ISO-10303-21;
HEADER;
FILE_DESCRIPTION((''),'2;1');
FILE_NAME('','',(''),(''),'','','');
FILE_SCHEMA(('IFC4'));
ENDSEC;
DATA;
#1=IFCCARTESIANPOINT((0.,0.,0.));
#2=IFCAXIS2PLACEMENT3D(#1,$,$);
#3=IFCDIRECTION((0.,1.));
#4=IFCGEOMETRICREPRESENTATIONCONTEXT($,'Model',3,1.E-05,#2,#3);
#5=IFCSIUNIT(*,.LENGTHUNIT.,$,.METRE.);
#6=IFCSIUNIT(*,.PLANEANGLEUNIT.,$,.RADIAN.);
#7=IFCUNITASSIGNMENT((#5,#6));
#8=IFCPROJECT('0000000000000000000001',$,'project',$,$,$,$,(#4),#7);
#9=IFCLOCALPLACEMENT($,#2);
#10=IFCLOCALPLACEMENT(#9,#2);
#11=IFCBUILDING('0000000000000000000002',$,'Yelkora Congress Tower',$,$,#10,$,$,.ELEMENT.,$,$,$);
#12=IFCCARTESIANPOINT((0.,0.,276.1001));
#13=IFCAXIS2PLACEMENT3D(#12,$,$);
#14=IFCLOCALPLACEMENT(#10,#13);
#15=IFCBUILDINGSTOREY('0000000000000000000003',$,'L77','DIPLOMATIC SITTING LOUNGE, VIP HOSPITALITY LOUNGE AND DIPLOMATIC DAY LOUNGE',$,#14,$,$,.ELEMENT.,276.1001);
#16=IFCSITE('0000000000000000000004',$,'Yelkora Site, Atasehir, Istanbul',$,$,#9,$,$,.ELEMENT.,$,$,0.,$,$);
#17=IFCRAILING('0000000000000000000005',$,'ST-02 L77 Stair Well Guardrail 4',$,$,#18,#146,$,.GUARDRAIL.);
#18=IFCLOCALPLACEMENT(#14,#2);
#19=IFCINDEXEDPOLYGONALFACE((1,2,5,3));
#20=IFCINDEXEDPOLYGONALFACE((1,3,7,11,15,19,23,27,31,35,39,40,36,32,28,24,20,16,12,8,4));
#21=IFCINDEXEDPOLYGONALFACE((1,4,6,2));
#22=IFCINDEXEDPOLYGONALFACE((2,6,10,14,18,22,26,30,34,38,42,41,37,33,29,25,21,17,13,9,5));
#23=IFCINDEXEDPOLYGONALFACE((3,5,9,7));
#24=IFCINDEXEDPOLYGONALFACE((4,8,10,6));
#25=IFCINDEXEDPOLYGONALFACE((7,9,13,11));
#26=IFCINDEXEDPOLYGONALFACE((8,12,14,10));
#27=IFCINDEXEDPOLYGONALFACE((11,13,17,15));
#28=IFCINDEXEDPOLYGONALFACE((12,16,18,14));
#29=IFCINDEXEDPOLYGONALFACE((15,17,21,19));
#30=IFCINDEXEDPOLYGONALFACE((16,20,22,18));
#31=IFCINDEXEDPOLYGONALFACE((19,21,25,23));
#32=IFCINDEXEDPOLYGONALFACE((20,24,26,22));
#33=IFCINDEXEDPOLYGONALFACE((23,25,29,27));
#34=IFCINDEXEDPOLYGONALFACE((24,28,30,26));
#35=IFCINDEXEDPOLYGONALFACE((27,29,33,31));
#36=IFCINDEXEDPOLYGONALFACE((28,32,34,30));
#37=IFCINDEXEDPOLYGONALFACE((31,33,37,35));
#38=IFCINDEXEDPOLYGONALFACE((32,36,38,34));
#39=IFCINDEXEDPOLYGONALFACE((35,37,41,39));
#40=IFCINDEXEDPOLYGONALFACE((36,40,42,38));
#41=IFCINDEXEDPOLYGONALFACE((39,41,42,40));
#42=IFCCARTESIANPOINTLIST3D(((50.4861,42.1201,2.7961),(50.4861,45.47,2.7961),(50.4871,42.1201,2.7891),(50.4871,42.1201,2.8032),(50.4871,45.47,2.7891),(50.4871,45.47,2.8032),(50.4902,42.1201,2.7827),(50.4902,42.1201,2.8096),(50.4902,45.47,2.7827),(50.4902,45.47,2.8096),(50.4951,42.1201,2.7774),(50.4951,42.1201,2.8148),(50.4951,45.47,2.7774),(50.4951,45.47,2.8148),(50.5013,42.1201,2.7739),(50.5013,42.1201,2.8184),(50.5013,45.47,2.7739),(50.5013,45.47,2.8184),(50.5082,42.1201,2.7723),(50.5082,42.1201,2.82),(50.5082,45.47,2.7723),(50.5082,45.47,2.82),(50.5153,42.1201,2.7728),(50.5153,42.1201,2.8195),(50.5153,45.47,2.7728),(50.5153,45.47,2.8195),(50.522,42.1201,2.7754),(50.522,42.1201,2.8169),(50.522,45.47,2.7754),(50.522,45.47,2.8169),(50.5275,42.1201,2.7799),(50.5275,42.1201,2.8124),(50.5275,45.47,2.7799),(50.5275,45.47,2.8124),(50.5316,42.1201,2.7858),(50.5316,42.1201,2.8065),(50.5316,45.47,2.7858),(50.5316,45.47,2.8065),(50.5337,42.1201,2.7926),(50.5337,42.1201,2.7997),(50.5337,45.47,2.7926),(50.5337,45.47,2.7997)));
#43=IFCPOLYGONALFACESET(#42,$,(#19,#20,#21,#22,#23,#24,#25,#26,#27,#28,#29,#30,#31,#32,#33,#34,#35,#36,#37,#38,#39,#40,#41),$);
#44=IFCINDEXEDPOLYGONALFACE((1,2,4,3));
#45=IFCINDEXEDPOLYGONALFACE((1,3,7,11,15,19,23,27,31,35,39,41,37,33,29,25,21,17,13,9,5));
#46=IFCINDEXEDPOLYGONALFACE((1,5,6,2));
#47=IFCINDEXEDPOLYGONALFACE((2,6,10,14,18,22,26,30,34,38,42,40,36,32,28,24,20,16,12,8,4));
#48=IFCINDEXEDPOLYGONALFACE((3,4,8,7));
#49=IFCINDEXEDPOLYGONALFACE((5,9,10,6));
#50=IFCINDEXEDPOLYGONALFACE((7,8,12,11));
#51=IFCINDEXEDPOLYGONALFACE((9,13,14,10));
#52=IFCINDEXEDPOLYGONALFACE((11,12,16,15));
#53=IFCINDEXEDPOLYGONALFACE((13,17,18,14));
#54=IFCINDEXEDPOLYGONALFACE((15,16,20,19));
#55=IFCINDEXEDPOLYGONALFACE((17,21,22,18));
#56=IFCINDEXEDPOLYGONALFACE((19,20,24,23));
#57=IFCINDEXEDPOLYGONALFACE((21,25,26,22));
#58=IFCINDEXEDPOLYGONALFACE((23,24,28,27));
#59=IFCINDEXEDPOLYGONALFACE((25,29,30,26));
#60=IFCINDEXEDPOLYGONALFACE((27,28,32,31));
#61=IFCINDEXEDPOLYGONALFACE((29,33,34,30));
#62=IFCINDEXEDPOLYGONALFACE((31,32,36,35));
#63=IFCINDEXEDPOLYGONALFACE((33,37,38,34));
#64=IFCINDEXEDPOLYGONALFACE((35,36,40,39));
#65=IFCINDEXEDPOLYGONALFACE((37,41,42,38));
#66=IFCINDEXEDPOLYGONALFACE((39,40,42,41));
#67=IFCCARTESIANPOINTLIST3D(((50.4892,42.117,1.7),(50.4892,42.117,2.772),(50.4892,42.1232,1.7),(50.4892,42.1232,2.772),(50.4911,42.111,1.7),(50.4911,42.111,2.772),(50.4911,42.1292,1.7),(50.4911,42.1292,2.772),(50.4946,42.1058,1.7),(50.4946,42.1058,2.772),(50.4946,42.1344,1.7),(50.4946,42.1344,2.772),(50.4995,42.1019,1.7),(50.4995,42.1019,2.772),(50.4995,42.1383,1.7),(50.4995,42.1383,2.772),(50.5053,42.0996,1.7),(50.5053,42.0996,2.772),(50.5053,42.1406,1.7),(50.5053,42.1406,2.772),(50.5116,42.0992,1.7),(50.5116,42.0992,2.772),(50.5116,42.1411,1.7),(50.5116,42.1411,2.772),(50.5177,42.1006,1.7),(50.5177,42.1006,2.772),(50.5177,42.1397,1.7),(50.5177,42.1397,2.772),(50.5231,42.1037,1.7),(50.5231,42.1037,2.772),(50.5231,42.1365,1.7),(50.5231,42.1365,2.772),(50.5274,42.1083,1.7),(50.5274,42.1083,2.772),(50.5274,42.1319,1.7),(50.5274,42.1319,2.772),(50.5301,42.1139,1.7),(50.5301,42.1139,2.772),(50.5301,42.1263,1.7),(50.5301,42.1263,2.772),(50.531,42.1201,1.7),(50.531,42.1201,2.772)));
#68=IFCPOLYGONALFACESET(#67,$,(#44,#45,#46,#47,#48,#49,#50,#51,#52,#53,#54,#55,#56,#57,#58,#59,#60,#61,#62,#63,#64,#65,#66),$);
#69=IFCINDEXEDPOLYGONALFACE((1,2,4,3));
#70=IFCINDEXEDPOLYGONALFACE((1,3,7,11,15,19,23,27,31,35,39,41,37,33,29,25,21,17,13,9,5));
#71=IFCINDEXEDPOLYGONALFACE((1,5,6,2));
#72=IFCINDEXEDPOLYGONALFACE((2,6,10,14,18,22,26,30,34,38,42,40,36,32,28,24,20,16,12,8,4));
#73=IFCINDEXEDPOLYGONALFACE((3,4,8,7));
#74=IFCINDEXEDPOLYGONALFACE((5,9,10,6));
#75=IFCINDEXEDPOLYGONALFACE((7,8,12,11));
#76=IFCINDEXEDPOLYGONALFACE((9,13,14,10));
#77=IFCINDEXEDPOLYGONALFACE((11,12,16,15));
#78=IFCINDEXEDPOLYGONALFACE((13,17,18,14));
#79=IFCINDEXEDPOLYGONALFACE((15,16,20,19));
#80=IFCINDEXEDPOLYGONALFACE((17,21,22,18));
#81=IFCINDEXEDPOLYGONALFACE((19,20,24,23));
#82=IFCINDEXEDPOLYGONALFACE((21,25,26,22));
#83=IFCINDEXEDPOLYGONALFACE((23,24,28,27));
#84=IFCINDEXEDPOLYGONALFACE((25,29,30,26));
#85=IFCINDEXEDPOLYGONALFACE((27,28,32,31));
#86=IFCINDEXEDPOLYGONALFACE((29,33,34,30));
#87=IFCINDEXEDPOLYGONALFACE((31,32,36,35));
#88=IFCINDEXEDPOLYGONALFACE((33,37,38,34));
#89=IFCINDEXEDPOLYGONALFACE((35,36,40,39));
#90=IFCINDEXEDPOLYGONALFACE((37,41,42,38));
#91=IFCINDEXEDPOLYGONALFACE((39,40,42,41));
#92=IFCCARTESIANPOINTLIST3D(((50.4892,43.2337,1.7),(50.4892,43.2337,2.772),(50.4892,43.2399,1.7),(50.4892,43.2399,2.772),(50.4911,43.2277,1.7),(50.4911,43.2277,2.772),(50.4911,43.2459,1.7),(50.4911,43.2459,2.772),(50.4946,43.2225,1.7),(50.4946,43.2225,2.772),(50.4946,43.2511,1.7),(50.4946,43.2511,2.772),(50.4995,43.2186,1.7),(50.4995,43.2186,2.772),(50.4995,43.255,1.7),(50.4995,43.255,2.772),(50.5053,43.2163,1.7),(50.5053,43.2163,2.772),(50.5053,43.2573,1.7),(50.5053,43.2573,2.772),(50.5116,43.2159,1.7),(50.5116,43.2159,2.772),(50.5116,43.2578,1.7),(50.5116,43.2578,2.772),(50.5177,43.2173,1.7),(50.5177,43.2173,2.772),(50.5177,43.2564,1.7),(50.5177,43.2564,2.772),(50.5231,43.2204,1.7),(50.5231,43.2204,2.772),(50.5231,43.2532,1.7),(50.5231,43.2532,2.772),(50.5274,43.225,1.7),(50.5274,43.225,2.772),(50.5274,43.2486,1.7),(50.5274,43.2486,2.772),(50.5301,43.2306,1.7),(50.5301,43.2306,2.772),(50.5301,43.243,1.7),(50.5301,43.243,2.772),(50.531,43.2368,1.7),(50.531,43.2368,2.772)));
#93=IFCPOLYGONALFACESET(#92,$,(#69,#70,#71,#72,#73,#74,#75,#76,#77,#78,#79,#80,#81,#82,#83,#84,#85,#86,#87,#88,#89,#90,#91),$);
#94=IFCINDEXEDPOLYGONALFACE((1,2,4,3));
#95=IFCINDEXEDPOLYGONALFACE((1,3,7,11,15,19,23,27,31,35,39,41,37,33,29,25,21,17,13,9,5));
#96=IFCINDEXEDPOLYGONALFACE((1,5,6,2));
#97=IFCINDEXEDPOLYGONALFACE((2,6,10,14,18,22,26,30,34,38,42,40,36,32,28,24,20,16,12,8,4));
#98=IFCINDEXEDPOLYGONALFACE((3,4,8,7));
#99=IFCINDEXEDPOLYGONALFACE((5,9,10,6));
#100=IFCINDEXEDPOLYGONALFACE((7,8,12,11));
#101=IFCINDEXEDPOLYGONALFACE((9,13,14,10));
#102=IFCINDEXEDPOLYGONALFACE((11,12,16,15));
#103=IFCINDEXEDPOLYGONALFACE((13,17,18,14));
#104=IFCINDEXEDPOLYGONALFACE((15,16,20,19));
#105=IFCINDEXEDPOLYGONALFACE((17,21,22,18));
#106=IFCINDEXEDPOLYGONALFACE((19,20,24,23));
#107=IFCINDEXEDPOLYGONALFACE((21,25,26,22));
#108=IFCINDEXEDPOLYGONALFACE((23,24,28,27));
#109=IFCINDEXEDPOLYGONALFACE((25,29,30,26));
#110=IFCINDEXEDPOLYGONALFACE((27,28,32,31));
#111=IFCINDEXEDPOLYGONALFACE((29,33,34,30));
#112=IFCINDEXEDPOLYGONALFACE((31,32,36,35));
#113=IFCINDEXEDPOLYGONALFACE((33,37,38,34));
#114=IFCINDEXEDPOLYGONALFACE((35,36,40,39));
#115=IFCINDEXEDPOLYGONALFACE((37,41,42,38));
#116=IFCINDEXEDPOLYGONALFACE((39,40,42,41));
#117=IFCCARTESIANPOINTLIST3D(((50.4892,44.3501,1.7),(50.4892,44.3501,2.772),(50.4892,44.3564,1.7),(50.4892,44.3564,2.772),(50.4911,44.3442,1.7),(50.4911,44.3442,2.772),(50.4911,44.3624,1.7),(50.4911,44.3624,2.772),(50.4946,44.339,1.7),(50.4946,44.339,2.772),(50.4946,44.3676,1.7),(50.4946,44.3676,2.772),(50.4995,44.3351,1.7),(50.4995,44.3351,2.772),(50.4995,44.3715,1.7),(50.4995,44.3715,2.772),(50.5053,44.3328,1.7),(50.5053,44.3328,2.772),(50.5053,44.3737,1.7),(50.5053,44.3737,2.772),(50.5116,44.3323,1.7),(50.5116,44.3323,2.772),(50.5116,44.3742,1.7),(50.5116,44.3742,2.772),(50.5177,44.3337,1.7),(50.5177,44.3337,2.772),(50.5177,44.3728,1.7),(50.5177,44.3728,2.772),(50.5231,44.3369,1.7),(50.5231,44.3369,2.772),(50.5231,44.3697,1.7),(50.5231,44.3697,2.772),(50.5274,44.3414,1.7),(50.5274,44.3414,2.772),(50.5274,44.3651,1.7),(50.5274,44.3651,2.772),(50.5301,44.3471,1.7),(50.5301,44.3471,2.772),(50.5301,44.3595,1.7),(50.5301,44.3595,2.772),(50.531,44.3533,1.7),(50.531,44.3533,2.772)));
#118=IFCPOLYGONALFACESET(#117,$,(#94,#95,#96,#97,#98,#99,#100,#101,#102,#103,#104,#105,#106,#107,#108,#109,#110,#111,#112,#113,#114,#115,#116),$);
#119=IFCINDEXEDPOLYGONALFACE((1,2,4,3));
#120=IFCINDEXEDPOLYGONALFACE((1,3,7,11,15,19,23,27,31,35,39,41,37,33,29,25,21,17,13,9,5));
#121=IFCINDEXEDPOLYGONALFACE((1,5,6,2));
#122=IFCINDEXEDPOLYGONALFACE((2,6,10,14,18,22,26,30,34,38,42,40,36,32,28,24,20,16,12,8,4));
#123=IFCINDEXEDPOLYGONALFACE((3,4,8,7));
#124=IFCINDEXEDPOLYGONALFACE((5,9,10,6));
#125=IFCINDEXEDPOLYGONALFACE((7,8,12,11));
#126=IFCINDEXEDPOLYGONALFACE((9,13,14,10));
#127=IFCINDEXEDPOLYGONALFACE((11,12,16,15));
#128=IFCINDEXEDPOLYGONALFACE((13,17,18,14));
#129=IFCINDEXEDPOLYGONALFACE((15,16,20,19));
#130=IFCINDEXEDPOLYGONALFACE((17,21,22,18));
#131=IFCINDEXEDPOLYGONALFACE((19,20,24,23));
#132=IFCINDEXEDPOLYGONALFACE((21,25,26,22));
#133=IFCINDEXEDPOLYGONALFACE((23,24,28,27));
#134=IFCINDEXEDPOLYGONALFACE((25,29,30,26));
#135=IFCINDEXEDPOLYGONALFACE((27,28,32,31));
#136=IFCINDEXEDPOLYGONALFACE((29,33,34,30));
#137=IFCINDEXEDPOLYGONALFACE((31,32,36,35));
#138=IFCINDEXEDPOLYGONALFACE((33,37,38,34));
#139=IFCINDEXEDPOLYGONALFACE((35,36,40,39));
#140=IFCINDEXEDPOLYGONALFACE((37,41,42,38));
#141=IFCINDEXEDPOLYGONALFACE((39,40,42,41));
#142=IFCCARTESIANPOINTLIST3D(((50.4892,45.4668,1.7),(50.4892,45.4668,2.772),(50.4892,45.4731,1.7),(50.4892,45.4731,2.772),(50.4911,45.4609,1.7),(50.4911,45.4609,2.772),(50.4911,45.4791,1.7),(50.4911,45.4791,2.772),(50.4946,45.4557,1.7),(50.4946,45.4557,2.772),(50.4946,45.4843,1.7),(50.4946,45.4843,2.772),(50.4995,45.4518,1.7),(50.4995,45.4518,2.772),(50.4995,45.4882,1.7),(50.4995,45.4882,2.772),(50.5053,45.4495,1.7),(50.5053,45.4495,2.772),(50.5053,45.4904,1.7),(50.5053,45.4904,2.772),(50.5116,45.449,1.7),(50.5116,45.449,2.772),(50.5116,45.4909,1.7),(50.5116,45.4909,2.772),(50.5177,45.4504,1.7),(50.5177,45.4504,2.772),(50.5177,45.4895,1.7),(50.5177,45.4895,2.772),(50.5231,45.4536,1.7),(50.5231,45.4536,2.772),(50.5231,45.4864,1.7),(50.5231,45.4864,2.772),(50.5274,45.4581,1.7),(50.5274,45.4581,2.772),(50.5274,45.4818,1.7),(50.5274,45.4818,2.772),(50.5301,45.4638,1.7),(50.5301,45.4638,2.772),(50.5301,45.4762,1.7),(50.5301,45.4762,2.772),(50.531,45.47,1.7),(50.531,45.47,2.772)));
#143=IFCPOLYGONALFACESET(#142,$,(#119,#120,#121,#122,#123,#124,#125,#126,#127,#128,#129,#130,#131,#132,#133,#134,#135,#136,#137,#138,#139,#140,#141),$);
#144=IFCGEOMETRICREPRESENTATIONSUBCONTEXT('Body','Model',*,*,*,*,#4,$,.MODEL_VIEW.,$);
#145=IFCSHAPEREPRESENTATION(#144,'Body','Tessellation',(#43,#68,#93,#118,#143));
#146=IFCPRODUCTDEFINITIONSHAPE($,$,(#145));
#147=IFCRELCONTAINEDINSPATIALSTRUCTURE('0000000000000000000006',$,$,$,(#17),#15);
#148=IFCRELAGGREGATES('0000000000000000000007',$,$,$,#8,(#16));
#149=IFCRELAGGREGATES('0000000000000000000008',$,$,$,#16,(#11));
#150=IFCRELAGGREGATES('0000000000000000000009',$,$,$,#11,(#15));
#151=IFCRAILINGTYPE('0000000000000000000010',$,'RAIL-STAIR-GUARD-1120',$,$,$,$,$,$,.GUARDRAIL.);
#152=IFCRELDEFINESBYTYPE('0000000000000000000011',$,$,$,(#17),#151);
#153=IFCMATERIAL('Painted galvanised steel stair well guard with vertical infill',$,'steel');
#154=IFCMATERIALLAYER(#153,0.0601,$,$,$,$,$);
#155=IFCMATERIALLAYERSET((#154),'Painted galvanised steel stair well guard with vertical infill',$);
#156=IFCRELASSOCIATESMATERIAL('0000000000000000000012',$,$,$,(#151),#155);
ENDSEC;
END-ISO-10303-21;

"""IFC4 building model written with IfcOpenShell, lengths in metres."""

from ifc_helpers import new_model, si_unit, direction, frame, origin, origin_2d, place, context, subcontext, project, spatial, circle, extrude, material, layer, layer_set, type_object, element, save


model = new_model("IFC4")

# Units and contexts
model_context = context("Model", 3, precision=1e-05, world=origin(), true_north=direction((0.0, 1.0)))
body_context = subcontext(model_context, "Body", "Model", "MODEL_VIEW")
ifc_project = project(units=[si_unit("LENGTHUNIT", "METRE"), si_unit("PLANEANGLEUNIT", "RADIAN")], contexts=[model_context])

# Site, building, storey
site_placement = place(None, origin())
site = spatial("IfcSite", under=ifc_project, at=site_placement, Name="Yelkora Site, Atasehir, Istanbul", CompositionType="ELEMENT", RefElevation=0.0)
building_placement = place(site_placement, origin())
building = spatial("IfcBuilding", under=site, at=building_placement, Name="Yelkora Congress Tower", CompositionType="ELEMENT")
storey_placement = place(building_placement, frame((0.0, 0.0, 276.1001)))
storey = spatial("IfcBuildingStorey", under=building, at=storey_placement, Name="L77", Description="DIPLOMATIC SITTING LOUNGE, VIP HOSPITALITY LOUNGE AND DIPLOMATIC DAY LOUNGE", CompositionType="ELEMENT", Elevation=276.1001)

# Railing
ifc_material_1 = material(Name="Painted galvanised steel stair well guard with vertical infill", Category="steel")
ifc_layer_1 = layer(ifc_material_1, 0.0601)
ifc_layer_set_1 = layer_set([ifc_layer_1], Name="Painted galvanised steel stair well guard with vertical infill")
railing_type_1 = type_object("IfcRailingType", Name="RAIL-STAIR-GUARD-1120", PredefinedType="GUARDRAIL", material=ifc_layer_set_1)
railing_1_placement = place(storey_placement, frame((50.51, 42.1201, 1.7)))
element("IfcRailing", 1, at=railing_1_placement, inside=storey, type_object=railing_type_1, Name="ST-02 L77 Stair Well Guardrail 4", PredefinedType="GUARDRAIL", context=body_context, shape_type="SweptSolid", body=[
    extrude(circle(Radius=0.0239, at=origin_2d()), frame((0.0, 0.0, 1.0962), z_axis=(0.0, 1.0, 0.0), x_axis=(-1.0, 0.0, 0.0)), (0.0, 0.0, 1.0), 3.3499),
    extrude(circle(Radius=0.021, at=origin_2d()), origin(), (0.0, 0.0, 1.0), 1.072),
    extrude(circle(Radius=0.021, at=origin_2d()), frame((0.0, 1.1167, 0.0)), (0.0, 0.0, 1.0), 1.072),
    extrude(circle(Radius=0.021, at=origin_2d()), frame((0.0, 2.2332, 0.0)), (0.0, 0.0, 1.0), 1.072),
    extrude(circle(Radius=0.021, at=origin_2d()), frame((0.0, 3.3499, 0.0)), (0.0, 0.0, 1.0), 1.072),
])

save(model, "model.ifc")
